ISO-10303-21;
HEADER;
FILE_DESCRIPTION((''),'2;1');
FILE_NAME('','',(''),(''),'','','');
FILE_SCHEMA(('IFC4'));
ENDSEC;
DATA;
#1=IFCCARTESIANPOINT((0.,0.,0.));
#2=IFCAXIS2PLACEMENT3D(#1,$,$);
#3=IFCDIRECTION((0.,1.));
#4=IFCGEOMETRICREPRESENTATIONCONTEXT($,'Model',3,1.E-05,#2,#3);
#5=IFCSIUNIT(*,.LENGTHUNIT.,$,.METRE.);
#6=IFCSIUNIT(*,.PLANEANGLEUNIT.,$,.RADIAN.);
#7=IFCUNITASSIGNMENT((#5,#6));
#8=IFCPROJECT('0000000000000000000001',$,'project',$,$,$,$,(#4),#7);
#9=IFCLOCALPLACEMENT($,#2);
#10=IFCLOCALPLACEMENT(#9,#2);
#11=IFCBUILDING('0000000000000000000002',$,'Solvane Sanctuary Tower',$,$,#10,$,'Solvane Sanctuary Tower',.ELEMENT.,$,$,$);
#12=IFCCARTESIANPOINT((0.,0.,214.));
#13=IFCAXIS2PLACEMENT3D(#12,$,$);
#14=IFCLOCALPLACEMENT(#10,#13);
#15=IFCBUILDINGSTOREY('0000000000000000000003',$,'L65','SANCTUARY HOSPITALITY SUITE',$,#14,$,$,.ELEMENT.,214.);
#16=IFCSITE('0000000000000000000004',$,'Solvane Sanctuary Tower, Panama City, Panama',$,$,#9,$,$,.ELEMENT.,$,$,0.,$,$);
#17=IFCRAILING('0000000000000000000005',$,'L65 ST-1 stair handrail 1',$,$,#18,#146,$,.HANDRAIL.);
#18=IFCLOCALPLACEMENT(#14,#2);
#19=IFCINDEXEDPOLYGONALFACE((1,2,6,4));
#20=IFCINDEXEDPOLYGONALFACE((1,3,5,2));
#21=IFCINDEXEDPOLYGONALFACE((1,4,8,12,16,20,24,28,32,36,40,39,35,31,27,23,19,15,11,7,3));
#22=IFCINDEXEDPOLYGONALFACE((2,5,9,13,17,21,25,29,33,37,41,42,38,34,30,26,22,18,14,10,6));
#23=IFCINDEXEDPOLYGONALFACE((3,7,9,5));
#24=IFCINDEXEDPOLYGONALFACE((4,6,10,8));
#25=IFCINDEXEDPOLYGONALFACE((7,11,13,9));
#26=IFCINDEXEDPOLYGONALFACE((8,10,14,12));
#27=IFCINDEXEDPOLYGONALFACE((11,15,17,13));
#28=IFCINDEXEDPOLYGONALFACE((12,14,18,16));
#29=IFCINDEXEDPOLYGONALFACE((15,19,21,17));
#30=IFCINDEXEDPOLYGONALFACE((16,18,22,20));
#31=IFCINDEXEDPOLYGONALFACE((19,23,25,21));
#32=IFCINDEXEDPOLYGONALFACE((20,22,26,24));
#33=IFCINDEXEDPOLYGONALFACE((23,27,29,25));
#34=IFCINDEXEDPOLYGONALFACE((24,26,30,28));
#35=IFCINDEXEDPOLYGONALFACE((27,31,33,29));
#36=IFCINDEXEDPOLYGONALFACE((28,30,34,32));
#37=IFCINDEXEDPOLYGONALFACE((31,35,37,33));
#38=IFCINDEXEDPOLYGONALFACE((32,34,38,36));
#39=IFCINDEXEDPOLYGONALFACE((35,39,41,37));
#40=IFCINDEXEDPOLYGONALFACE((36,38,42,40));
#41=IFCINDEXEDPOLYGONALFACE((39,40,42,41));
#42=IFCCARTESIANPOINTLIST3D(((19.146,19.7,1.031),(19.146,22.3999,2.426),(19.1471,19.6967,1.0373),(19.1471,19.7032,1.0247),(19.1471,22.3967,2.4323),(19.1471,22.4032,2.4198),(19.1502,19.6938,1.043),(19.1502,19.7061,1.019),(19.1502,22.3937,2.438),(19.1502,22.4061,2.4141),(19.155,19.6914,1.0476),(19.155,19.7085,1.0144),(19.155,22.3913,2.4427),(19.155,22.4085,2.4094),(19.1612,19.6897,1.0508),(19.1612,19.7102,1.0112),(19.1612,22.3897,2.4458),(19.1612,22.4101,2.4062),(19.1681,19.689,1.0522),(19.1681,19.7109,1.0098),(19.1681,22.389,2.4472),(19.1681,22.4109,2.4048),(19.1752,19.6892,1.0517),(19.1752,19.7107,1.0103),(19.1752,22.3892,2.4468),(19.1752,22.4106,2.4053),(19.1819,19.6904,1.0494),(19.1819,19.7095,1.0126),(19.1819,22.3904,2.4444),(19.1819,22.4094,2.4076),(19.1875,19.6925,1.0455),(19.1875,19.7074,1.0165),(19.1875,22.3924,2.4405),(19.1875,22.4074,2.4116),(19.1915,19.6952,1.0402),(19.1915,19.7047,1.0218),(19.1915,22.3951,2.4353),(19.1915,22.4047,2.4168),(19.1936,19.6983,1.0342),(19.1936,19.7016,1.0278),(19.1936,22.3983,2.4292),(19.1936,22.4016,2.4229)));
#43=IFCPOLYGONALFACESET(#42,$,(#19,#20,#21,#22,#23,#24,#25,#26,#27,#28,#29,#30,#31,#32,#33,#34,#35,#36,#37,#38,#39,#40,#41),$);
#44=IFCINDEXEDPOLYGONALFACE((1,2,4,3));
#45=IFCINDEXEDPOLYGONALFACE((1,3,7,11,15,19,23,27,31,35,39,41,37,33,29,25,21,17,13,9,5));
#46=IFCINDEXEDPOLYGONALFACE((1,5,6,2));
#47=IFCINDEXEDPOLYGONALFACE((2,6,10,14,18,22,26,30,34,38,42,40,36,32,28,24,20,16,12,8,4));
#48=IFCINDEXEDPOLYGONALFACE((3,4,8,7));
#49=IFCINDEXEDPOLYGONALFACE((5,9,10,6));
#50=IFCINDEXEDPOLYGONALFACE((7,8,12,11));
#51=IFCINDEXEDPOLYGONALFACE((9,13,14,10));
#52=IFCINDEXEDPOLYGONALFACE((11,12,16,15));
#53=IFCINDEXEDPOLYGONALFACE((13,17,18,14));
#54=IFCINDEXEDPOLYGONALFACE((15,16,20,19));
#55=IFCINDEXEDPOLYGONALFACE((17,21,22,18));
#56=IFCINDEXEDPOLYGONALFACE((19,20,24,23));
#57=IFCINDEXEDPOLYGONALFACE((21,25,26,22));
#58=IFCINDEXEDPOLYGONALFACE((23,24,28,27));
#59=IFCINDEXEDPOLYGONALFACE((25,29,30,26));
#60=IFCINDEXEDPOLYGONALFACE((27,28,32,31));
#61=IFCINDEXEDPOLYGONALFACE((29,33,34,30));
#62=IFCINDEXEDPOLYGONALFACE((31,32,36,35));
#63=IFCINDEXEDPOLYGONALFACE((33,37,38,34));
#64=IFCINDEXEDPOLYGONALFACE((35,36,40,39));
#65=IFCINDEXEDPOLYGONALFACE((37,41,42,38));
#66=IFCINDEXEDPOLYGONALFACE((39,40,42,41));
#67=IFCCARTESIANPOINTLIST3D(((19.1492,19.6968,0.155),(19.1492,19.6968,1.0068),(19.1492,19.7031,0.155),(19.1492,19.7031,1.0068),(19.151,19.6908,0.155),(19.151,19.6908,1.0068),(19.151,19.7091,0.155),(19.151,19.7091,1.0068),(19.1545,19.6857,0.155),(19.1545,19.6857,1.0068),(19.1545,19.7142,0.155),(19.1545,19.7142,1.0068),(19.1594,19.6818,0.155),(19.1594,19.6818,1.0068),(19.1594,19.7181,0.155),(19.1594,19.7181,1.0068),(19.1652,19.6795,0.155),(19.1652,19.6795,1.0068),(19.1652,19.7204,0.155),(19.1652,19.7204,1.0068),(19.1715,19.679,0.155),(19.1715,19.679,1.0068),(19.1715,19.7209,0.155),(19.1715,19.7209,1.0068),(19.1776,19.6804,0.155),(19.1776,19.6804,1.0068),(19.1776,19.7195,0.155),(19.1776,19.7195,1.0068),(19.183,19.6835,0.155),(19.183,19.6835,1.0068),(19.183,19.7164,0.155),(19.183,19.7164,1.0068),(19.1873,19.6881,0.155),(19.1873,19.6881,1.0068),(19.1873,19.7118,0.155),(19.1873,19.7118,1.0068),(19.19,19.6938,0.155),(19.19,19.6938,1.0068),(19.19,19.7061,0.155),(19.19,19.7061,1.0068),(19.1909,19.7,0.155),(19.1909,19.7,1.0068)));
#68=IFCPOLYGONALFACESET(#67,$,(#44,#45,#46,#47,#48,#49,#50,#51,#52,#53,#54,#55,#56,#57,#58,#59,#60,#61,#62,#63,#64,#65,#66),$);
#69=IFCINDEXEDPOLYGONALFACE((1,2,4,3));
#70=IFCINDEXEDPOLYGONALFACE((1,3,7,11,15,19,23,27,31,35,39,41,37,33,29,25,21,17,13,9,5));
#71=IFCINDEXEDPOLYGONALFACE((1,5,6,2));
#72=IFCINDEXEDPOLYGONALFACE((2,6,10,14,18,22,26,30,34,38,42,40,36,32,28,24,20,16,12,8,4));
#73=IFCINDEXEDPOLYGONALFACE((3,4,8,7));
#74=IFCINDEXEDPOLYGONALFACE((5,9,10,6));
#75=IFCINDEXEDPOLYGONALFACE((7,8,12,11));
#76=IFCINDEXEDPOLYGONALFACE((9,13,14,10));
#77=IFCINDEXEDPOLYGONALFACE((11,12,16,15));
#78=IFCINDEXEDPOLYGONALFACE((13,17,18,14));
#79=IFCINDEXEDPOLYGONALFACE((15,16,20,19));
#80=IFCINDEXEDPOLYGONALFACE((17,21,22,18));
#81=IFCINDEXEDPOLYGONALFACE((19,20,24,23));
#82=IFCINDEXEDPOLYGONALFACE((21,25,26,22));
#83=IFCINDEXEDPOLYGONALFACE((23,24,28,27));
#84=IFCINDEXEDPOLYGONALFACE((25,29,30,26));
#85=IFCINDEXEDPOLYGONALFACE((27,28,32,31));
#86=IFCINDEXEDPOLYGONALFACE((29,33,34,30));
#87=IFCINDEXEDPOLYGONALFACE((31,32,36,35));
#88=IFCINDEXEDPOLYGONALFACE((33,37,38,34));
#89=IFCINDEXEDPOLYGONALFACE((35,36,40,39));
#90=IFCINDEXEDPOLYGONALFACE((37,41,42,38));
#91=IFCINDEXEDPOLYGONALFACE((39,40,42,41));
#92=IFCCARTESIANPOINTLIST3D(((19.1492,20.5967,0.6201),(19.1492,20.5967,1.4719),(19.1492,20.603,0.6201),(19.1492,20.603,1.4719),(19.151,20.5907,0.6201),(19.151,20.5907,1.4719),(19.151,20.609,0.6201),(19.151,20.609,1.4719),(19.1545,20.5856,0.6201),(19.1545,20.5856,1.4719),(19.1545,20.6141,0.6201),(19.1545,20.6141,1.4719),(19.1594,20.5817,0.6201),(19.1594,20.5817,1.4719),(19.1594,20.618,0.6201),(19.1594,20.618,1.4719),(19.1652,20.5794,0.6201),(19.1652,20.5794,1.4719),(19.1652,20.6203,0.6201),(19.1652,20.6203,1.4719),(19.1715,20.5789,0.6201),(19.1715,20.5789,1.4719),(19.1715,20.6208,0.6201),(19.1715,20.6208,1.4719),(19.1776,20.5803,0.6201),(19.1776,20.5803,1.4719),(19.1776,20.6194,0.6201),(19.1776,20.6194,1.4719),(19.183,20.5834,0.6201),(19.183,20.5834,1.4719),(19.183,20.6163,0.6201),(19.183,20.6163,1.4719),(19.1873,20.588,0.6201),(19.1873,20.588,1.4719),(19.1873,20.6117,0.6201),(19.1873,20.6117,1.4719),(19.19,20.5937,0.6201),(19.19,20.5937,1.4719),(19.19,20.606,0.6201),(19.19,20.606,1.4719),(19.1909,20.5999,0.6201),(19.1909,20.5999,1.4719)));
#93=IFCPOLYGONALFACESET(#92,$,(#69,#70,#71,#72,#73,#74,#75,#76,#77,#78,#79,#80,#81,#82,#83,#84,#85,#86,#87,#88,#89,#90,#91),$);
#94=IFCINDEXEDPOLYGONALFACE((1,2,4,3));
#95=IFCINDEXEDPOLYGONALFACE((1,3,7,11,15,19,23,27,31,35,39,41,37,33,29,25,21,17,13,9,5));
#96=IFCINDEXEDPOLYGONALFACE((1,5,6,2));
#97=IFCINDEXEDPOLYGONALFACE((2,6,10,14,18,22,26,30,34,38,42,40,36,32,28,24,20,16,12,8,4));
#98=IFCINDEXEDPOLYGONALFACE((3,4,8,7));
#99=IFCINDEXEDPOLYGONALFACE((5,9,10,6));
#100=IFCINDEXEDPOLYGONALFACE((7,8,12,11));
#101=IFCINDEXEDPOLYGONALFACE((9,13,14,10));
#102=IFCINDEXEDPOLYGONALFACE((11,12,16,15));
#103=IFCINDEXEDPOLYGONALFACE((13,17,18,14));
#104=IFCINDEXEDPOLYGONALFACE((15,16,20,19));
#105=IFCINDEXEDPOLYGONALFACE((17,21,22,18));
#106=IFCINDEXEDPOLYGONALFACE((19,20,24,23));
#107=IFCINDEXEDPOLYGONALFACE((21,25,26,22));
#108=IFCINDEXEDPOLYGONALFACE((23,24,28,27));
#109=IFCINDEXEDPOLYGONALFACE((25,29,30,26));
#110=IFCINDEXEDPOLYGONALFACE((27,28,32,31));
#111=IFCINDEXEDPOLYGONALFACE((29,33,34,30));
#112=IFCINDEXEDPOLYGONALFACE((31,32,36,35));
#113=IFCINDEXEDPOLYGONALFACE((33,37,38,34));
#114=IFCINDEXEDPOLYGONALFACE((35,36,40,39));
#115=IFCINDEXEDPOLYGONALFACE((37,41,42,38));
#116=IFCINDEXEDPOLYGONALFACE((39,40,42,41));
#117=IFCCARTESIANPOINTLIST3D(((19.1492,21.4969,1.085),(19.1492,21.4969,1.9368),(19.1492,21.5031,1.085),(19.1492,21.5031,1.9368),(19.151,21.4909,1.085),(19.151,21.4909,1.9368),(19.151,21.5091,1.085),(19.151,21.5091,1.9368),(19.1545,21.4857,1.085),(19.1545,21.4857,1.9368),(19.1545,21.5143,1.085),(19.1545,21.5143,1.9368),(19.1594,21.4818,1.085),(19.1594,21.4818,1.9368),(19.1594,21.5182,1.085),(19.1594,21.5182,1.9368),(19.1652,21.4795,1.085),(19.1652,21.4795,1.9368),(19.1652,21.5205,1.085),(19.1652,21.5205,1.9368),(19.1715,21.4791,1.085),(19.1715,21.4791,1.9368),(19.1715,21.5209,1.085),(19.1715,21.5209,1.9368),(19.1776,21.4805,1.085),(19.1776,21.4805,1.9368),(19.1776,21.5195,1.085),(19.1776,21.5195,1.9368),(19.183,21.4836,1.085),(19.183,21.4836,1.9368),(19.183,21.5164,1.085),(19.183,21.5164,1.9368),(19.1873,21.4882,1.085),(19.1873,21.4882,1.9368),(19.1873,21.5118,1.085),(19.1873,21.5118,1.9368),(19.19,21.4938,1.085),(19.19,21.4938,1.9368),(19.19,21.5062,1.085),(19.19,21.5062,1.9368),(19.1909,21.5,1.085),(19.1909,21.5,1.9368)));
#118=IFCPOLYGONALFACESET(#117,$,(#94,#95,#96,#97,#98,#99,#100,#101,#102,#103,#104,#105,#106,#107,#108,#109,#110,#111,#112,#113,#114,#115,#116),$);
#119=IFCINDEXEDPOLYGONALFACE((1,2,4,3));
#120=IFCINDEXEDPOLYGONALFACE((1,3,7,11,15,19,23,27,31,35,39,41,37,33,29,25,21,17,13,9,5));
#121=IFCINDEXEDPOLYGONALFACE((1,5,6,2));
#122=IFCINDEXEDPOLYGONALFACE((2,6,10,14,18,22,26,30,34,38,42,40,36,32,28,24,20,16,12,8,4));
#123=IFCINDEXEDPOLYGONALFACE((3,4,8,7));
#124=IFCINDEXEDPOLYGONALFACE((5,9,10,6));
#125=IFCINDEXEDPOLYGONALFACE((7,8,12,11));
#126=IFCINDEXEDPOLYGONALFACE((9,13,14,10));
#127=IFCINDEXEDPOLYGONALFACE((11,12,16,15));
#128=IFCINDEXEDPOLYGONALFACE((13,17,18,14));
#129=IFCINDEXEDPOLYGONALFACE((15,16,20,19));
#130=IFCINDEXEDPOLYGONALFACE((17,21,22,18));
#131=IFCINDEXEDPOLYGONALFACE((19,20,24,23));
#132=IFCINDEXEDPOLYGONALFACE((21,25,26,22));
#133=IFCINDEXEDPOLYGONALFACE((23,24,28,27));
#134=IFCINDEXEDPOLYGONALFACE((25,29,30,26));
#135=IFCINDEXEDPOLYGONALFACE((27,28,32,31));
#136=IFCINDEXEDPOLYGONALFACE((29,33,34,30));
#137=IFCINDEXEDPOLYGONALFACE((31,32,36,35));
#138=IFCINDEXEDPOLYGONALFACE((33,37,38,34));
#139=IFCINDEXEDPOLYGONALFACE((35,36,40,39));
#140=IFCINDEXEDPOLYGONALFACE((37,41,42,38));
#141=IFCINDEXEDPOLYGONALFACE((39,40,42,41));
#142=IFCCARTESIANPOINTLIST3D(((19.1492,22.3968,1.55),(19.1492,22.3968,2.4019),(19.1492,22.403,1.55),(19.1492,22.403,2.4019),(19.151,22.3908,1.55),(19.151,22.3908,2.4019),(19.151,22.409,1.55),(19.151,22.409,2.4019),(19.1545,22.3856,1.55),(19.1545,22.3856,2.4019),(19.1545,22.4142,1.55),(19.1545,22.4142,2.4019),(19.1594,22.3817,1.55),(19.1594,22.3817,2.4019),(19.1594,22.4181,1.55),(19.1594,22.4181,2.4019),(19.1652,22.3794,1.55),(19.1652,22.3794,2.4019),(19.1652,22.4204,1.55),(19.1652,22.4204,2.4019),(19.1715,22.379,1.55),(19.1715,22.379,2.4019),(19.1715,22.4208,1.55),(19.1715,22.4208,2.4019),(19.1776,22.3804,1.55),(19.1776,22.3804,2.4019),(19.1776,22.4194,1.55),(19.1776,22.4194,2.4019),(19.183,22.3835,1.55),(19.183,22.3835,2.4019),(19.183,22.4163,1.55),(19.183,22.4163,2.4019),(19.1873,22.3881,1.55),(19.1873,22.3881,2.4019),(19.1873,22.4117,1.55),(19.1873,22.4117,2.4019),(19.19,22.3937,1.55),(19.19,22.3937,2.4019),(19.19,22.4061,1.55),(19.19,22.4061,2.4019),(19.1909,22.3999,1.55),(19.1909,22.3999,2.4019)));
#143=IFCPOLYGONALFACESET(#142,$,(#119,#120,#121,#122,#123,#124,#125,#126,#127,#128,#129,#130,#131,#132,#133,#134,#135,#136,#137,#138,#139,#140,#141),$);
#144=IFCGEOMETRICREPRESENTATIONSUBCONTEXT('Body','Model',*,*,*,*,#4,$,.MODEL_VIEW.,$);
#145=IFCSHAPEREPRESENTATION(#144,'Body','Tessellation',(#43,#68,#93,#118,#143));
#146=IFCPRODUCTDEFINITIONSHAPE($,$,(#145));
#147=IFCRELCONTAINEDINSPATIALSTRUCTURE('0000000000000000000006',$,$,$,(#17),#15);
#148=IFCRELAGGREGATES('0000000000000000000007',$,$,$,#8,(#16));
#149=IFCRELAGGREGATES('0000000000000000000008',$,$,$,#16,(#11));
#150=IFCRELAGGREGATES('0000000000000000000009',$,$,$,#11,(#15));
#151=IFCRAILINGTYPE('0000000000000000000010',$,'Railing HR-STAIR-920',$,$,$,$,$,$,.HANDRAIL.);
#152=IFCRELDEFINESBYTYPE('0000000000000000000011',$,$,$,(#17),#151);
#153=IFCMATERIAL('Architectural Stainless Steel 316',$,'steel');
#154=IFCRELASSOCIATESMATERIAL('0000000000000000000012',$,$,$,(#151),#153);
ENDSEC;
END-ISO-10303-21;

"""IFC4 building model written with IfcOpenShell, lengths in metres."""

from ifc_helpers import new_model, si_unit, direction, frame, origin, origin_2d, place, context, subcontext, project, spatial, circle, extrude, material, type_object, element, save


model = new_model("IFC4")

# Units and contexts
model_context = context("Model", 3, precision=1e-05, world=origin(), true_north=direction((0.0, 1.0)))
body_context = subcontext(model_context, "Body", "Model", "MODEL_VIEW")
ifc_project = project(units=[si_unit("LENGTHUNIT", "METRE"), si_unit("PLANEANGLEUNIT", "RADIAN")], contexts=[model_context])

# Site, building, storey
site_placement = place(None, origin())
site = spatial("IfcSite", under=ifc_project, at=site_placement, Name="Solvane Sanctuary Tower, Panama City, Panama", CompositionType="ELEMENT", RefElevation=0.0)
building_placement = place(site_placement, origin())
building = spatial("IfcBuilding", under=site, at=building_placement, Name="Solvane Sanctuary Tower", LongName="Solvane Sanctuary Tower", CompositionType="ELEMENT")
storey_placement = place(building_placement, frame((0.0, 0.0, 214.0)))
storey = spatial("IfcBuildingStorey", under=building, at=storey_placement, Name="L65", Description="SANCTUARY HOSPITALITY SUITE", CompositionType="ELEMENT", Elevation=214.0)

# Shared definitions
ifc_material_1 = material(Name="Architectural Stainless Steel 316", Category="steel")

# Railing
railing_type_1 = type_object("IfcRailingType", Name="Railing HR-STAIR-920", PredefinedType="HANDRAIL", material=ifc_material_1)
railing_1_placement = place(storey_placement, frame((19.1699, 19.7, 0.155)))
element("IfcRailing", 1, at=railing_1_placement, inside=storey, type_object=railing_type_1, Name="L65 ST-1 stair handrail 1", PredefinedType="HANDRAIL", context=body_context, shape_type="SweptSolid", body=[
    extrude(circle(Radius=0.0239, at=origin_2d()), frame((0.0, 0.0, 0.876), z_axis=(0.0, 0.88842, 0.459032), x_axis=(-1.0, 0.0, 0.0)), (0.0, 0.0, 1.0), 3.0391),
    extrude(circle(Radius=0.021, at=origin_2d()), origin(), (0.0, 0.0, 1.0), 0.8518),
    extrude(circle(Radius=0.021, at=origin_2d()), frame((0.0, 0.8999, 0.4651)), (0.0, 0.0, 1.0), 0.8518),
    extrude(circle(Radius=0.021, at=origin_2d()), frame((0.0, 1.8, 0.9299)), (0.0, 0.0, 1.0), 0.8518),
    extrude(circle(Radius=0.021, at=origin_2d()), frame((0.0, 2.7, 1.395)), (0.0, 0.0, 1.0), 0.8518),
])

save(model, "model.ifc")
